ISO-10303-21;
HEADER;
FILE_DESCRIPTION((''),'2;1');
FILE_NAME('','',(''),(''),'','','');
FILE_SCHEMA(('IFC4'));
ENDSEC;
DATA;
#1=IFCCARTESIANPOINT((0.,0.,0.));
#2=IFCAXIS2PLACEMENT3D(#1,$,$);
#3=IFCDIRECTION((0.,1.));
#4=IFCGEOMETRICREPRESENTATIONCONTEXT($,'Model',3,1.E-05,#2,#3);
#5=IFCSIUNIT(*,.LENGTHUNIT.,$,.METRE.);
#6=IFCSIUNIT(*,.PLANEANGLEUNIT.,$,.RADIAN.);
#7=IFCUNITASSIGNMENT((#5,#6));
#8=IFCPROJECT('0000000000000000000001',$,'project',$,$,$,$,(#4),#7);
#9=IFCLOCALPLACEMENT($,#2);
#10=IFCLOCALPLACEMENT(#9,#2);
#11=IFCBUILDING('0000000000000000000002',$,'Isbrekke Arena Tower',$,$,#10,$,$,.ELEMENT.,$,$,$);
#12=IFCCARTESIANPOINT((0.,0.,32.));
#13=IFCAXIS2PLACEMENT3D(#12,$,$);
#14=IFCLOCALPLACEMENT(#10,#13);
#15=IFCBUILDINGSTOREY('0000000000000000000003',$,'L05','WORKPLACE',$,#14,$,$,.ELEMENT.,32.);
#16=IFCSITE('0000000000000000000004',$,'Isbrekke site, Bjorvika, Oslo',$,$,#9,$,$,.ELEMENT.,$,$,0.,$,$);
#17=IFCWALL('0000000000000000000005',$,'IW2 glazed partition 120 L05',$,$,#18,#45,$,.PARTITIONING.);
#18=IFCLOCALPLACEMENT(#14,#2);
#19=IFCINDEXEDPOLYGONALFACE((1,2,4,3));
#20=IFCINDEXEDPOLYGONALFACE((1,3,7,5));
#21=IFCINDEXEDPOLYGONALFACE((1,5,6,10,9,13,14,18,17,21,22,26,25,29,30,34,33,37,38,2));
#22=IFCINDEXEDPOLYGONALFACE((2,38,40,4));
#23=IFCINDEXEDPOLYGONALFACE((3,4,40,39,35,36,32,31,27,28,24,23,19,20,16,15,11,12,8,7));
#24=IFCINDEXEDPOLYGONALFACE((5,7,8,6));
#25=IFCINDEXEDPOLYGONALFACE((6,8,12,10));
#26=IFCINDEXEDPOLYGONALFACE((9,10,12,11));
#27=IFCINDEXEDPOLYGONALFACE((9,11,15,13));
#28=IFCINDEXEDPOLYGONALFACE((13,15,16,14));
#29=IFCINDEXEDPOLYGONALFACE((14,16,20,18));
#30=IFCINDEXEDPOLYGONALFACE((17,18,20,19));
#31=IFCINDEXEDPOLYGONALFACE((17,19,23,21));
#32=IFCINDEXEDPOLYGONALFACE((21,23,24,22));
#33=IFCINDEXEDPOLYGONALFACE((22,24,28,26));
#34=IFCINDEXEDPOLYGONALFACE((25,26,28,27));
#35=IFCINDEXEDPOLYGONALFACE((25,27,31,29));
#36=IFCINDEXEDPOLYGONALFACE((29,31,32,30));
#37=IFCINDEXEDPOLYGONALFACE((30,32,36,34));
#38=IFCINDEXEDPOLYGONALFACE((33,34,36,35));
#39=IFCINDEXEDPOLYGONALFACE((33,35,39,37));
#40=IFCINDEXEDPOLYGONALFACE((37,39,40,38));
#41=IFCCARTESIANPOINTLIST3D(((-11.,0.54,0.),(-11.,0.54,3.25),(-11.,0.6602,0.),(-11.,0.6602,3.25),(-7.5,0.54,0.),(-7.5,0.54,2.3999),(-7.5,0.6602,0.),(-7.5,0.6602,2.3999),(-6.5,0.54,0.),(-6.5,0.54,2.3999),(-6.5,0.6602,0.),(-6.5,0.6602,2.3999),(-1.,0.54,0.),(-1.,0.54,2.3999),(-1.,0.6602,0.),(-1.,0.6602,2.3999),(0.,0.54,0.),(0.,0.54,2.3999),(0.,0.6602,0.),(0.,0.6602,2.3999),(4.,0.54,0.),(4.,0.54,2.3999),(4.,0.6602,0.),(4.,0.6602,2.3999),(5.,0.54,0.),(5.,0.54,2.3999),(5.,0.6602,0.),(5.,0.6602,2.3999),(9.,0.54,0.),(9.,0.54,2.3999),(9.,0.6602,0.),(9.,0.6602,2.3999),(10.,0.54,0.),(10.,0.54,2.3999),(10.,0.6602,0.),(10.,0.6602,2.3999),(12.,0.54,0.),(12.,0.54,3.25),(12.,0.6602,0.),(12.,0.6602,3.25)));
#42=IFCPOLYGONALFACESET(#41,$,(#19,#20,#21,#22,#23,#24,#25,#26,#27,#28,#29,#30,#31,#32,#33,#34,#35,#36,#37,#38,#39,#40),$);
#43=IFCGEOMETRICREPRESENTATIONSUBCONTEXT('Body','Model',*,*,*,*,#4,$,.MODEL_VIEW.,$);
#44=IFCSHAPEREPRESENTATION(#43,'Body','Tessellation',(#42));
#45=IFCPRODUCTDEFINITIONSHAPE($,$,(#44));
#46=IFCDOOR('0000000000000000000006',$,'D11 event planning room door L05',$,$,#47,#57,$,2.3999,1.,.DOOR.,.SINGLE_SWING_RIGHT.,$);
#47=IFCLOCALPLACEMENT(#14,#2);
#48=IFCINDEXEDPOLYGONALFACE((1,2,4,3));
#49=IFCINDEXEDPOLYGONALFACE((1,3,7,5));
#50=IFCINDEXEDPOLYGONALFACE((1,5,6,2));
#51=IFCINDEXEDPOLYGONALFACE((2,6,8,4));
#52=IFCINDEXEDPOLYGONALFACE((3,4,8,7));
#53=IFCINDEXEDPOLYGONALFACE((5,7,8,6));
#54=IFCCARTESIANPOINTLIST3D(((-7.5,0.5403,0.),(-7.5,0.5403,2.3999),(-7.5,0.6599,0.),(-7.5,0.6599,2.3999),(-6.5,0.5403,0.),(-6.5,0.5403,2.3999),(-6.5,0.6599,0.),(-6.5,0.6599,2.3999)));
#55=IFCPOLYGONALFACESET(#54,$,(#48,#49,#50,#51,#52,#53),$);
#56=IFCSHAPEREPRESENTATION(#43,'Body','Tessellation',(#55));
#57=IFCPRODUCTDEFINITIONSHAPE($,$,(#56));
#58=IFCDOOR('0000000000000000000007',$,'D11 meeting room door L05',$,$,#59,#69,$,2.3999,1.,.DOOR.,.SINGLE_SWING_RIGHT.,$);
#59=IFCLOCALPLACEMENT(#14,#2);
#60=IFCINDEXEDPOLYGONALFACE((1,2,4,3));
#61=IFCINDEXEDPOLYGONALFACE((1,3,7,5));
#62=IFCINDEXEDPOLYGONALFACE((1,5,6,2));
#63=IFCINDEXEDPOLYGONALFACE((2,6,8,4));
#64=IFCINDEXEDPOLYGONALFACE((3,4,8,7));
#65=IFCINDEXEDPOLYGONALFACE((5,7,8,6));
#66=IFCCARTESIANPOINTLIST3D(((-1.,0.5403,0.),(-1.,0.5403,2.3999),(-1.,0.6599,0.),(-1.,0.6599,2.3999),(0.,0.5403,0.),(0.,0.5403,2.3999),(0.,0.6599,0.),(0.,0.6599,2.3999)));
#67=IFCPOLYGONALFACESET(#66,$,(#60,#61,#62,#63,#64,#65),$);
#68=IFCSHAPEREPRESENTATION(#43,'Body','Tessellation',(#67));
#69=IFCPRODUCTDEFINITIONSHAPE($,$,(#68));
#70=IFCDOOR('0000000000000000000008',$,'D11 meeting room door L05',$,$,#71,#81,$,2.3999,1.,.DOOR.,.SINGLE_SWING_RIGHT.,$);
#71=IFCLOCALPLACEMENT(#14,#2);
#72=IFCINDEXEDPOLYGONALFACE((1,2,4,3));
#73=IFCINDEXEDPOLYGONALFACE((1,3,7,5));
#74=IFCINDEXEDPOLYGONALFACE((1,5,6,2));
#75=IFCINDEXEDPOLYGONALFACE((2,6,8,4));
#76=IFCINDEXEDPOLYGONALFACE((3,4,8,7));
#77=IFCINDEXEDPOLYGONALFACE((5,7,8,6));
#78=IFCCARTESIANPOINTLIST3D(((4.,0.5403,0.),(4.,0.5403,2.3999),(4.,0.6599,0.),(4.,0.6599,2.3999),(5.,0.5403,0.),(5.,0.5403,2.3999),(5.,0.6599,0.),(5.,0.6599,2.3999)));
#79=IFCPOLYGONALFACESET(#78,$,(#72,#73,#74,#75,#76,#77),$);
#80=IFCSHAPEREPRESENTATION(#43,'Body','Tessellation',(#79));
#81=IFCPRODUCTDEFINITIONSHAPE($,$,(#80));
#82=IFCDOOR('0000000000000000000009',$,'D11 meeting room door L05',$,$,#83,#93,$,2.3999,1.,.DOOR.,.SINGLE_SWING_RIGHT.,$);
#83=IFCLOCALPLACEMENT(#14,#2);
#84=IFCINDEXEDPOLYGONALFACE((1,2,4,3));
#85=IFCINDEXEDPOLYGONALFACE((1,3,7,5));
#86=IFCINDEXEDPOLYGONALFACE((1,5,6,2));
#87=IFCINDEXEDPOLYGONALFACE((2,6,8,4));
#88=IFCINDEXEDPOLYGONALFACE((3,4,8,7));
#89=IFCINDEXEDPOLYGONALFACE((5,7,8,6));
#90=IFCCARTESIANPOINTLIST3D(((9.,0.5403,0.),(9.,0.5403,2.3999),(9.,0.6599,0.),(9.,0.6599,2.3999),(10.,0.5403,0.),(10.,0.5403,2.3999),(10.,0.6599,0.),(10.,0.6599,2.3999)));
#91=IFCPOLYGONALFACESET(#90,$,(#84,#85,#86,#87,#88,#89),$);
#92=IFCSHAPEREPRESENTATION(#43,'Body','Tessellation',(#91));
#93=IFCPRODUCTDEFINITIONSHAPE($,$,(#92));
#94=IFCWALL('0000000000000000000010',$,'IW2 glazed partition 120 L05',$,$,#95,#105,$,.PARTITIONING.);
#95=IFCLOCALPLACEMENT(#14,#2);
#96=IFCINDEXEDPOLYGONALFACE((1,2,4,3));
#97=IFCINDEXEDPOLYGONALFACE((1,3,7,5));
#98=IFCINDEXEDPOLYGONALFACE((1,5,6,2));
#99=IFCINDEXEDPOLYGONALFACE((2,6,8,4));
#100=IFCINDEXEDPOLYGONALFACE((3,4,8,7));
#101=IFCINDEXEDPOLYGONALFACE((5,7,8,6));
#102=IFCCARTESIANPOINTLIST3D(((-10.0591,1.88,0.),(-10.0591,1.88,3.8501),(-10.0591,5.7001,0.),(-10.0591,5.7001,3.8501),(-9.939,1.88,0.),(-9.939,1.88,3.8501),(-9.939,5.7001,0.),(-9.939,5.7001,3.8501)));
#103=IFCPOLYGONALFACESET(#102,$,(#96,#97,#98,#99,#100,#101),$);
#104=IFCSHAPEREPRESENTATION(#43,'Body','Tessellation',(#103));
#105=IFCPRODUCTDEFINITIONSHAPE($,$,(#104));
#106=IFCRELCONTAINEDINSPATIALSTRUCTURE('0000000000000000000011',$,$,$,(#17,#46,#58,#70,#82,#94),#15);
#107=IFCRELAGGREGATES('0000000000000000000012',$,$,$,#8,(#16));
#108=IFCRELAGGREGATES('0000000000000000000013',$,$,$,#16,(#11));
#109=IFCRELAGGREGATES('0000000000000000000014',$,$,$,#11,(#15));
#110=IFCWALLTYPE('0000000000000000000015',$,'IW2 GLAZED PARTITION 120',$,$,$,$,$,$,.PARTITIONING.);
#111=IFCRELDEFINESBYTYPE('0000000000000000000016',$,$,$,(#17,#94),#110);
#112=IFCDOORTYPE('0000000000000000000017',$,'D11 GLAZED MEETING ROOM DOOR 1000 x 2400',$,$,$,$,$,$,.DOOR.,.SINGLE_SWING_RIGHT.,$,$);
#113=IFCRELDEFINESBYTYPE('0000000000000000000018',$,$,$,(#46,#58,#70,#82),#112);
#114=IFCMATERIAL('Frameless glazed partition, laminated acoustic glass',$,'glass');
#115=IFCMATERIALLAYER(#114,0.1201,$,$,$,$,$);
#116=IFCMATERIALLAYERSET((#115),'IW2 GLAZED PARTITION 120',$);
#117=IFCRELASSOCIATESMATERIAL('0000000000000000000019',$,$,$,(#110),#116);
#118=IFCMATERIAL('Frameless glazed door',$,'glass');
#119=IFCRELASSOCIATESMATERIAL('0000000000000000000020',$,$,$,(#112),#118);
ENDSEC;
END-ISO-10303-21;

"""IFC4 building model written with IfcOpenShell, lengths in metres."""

from ifc_helpers import new_model, si_unit, direction, frame, frame_2d, origin, place, context, subcontext, project, spatial, rectangle, extrude, material, layer, layer_set, type_object, element, fill, save


model = new_model("IFC4")

# Units and contexts
model_context = context("Model", 3, precision=1e-05, world=origin(), true_north=direction((0.0, 1.0)))
body_context = subcontext(model_context, "Body", "Model", "MODEL_VIEW")
ifc_project = project(units=[si_unit("LENGTHUNIT", "METRE"), si_unit("PLANEANGLEUNIT", "RADIAN")], contexts=[model_context])

# Site, building, storey
site_placement = place(None, origin())
site = spatial("IfcSite", under=ifc_project, at=site_placement, Name="Isbrekke site, Bjorvika, Oslo", CompositionType="ELEMENT", RefElevation=0.0)
building_placement = place(site_placement, origin())
building = spatial("IfcBuilding", under=site, at=building_placement, Name="Isbrekke Arena Tower", CompositionType="ELEMENT")
storey_placement = place(building_placement, frame((0.0, 0.0, 32.0)))
storey = spatial("IfcBuildingStorey", under=building, at=storey_placement, Name="L05", Description="WORKPLACE", CompositionType="ELEMENT", Elevation=32.0)

# Wall, openings, doors
ifc_material_1 = material(Name="Frameless glazed partition, laminated acoustic glass", Category="glass")
ifc_layer_1 = layer(ifc_material_1, 0.1201)
ifc_layer_set_1 = layer_set([ifc_layer_1], Name="IW2 GLAZED PARTITION 120")
wall_type_1 = type_object("IfcWallType", Name="IW2 GLAZED PARTITION 120", PredefinedType="PARTITIONING", material=ifc_layer_set_1)
wall_1_placement = place(storey_placement, frame((-11.0, 0.6001, 0.0), z_axis=(0.0, 0.0, 1.0), x_axis=(1.0, 0.0, 0.0)))
wall_1 = element("IfcWall", 1, at=wall_1_placement, inside=storey, type_object=wall_type_1, Name="IW2 glazed partition 120 L05", PredefinedType="PARTITIONING", context=body_context, shape_type="SweptSolid", body=[
    extrude(rectangle(XDim=23.0, YDim=0.1201, at=frame_2d((11.5, 0.0))), origin(), (0.0, 0.0, 1.0), 3.25),
])
opening_1_placement = place(wall_1_placement, frame((3.5, 0.0, 0.0)))
opening_1 = element("IfcOpeningElement", 2, at=opening_1_placement, cuts=wall_1, PredefinedType="OPENING", context=body_context, shape_type="SweptSolid", body=[
    extrude(rectangle(XDim=1.0, YDim=2.3999, at=frame_2d((0.5, 1.2))), frame((0.0, 0.075, 0.0), z_axis=(0.0, -1.0, 0.0), x_axis=(1.0, 0.0, 0.0)), (0.0, 0.0, 1.0), 0.1499),
])
opening_2_placement = place(wall_1_placement, frame((10.0, 0.0, 0.0)))
opening_2 = element("IfcOpeningElement", 3, at=opening_2_placement, cuts=wall_1, PredefinedType="OPENING", context=body_context, shape_type="SweptSolid", body=[
    extrude(rectangle(XDim=1.0, YDim=2.3999, at=frame_2d((0.5, 1.2))), frame((0.0, 0.075, 0.0), z_axis=(0.0, -1.0, 0.0), x_axis=(1.0, 0.0, 0.0)), (0.0, 0.0, 1.0), 0.1499),
])
opening_3_placement = place(wall_1_placement, frame((15.0, 0.0, 0.0)))
opening_3 = element("IfcOpeningElement", 4, at=opening_3_placement, cuts=wall_1, PredefinedType="OPENING", context=body_context, shape_type="SweptSolid", body=[
    extrude(rectangle(XDim=1.0, YDim=2.3999, at=frame_2d((0.5, 1.2))), frame((0.0, 0.075, 0.0), z_axis=(0.0, -1.0, 0.0), x_axis=(1.0, 0.0, 0.0)), (0.0, 0.0, 1.0), 0.1499),
])
opening_4_placement = place(wall_1_placement, frame((20.0, 0.0, 0.0)))
opening_4 = element("IfcOpeningElement", 5, at=opening_4_placement, cuts=wall_1, PredefinedType="OPENING", context=body_context, shape_type="SweptSolid", body=[
    extrude(rectangle(XDim=1.0, YDim=2.3999, at=frame_2d((0.5, 1.2))), frame((0.0, 0.075, 0.0), z_axis=(0.0, -1.0, 0.0), x_axis=(1.0, 0.0, 0.0)), (0.0, 0.0, 1.0), 0.1499),
])
ifc_material_2 = material(Name="Frameless glazed door", Category="glass")
door_type_1 = type_object("IfcDoorType", Name="D11 GLAZED MEETING ROOM DOOR 1000 x 2400", OperationType="SINGLE_SWING_RIGHT", PredefinedType="DOOR", material=ifc_material_2)
door_1_placement = place(opening_1_placement, origin())
door_1 = element("IfcDoor", 6, at=door_1_placement, inside=storey, type_object=door_type_1, Name="D11 event planning room door L05", OperationType="SINGLE_SWING_RIGHT", OverallHeight=2.3999, OverallWidth=1.0, PredefinedType="DOOR", context=body_context, shape_type="SweptSolid", body=[
    extrude(rectangle(XDim=1.0, YDim=2.3999, at=frame_2d((0.5, 1.2))), frame((0.0, 0.0598, 0.0), z_axis=(0.0, -1.0, 0.0), x_axis=(1.0, 0.0, 0.0)), (0.0, 0.0, 1.0), 0.1196),
])
fill(opening_1, door_1)
door_2_placement = place(opening_2_placement, origin())
door_2 = element("IfcDoor", 7, at=door_2_placement, inside=storey, type_object=door_type_1, Name="D11 meeting room door L05", OperationType="SINGLE_SWING_RIGHT", OverallHeight=2.3999, OverallWidth=1.0, PredefinedType="DOOR", context=body_context, shape_type="SweptSolid", body=[
    extrude(rectangle(XDim=1.0, YDim=2.3999, at=frame_2d((0.5, 1.2))), frame((0.0, 0.0598, 0.0), z_axis=(0.0, -1.0, 0.0), x_axis=(1.0, 0.0, 0.0)), (0.0, 0.0, 1.0), 0.1196),
])
fill(opening_2, door_2)
door_3_placement = place(opening_3_placement, origin())
door_3 = element("IfcDoor", 8, at=door_3_placement, inside=storey, type_object=door_type_1, Name="D11 meeting room door L05", OperationType="SINGLE_SWING_RIGHT", OverallHeight=2.3999, OverallWidth=1.0, PredefinedType="DOOR", context=body_context, shape_type="SweptSolid", body=[
    extrude(rectangle(XDim=1.0, YDim=2.3999, at=frame_2d((0.5, 1.2))), frame((0.0, 0.0598, 0.0), z_axis=(0.0, -1.0, 0.0), x_axis=(1.0, 0.0, 0.0)), (0.0, 0.0, 1.0), 0.1196),
])
fill(opening_3, door_3)
door_4_placement = place(opening_4_placement, origin())
door_4 = element("IfcDoor", 9, at=door_4_placement, inside=storey, type_object=door_type_1, Name="D11 meeting room door L05", OperationType="SINGLE_SWING_RIGHT", OverallHeight=2.3999, OverallWidth=1.0, PredefinedType="DOOR", context=body_context, shape_type="SweptSolid", body=[
    extrude(rectangle(XDim=1.0, YDim=2.3999, at=frame_2d((0.5, 1.2))), frame((0.0, 0.0598, 0.0), z_axis=(0.0, -1.0, 0.0), x_axis=(1.0, 0.0, 0.0)), (0.0, 0.0, 1.0), 0.1196),
])
fill(opening_4, door_4)

# Wall
wall_2_placement = place(storey_placement, frame((-9.999, 1.8799, 0.0), z_axis=(0.0, 0.0, 1.0), x_axis=(0.0, 1.0, 0.0)))
element("IfcWall", 10, at=wall_2_placement, inside=storey, type_object=wall_type_1, Name="IW2 glazed partition 120 L05", PredefinedType="PARTITIONING", context=body_context, shape_type="SweptSolid", body=[
    extrude(rectangle(XDim=3.8201, YDim=0.1201, at=frame_2d((1.9102, 0.0))), origin(), (0.0, 0.0, 1.0), 3.8501),
])

save(model, "model.ifc")
